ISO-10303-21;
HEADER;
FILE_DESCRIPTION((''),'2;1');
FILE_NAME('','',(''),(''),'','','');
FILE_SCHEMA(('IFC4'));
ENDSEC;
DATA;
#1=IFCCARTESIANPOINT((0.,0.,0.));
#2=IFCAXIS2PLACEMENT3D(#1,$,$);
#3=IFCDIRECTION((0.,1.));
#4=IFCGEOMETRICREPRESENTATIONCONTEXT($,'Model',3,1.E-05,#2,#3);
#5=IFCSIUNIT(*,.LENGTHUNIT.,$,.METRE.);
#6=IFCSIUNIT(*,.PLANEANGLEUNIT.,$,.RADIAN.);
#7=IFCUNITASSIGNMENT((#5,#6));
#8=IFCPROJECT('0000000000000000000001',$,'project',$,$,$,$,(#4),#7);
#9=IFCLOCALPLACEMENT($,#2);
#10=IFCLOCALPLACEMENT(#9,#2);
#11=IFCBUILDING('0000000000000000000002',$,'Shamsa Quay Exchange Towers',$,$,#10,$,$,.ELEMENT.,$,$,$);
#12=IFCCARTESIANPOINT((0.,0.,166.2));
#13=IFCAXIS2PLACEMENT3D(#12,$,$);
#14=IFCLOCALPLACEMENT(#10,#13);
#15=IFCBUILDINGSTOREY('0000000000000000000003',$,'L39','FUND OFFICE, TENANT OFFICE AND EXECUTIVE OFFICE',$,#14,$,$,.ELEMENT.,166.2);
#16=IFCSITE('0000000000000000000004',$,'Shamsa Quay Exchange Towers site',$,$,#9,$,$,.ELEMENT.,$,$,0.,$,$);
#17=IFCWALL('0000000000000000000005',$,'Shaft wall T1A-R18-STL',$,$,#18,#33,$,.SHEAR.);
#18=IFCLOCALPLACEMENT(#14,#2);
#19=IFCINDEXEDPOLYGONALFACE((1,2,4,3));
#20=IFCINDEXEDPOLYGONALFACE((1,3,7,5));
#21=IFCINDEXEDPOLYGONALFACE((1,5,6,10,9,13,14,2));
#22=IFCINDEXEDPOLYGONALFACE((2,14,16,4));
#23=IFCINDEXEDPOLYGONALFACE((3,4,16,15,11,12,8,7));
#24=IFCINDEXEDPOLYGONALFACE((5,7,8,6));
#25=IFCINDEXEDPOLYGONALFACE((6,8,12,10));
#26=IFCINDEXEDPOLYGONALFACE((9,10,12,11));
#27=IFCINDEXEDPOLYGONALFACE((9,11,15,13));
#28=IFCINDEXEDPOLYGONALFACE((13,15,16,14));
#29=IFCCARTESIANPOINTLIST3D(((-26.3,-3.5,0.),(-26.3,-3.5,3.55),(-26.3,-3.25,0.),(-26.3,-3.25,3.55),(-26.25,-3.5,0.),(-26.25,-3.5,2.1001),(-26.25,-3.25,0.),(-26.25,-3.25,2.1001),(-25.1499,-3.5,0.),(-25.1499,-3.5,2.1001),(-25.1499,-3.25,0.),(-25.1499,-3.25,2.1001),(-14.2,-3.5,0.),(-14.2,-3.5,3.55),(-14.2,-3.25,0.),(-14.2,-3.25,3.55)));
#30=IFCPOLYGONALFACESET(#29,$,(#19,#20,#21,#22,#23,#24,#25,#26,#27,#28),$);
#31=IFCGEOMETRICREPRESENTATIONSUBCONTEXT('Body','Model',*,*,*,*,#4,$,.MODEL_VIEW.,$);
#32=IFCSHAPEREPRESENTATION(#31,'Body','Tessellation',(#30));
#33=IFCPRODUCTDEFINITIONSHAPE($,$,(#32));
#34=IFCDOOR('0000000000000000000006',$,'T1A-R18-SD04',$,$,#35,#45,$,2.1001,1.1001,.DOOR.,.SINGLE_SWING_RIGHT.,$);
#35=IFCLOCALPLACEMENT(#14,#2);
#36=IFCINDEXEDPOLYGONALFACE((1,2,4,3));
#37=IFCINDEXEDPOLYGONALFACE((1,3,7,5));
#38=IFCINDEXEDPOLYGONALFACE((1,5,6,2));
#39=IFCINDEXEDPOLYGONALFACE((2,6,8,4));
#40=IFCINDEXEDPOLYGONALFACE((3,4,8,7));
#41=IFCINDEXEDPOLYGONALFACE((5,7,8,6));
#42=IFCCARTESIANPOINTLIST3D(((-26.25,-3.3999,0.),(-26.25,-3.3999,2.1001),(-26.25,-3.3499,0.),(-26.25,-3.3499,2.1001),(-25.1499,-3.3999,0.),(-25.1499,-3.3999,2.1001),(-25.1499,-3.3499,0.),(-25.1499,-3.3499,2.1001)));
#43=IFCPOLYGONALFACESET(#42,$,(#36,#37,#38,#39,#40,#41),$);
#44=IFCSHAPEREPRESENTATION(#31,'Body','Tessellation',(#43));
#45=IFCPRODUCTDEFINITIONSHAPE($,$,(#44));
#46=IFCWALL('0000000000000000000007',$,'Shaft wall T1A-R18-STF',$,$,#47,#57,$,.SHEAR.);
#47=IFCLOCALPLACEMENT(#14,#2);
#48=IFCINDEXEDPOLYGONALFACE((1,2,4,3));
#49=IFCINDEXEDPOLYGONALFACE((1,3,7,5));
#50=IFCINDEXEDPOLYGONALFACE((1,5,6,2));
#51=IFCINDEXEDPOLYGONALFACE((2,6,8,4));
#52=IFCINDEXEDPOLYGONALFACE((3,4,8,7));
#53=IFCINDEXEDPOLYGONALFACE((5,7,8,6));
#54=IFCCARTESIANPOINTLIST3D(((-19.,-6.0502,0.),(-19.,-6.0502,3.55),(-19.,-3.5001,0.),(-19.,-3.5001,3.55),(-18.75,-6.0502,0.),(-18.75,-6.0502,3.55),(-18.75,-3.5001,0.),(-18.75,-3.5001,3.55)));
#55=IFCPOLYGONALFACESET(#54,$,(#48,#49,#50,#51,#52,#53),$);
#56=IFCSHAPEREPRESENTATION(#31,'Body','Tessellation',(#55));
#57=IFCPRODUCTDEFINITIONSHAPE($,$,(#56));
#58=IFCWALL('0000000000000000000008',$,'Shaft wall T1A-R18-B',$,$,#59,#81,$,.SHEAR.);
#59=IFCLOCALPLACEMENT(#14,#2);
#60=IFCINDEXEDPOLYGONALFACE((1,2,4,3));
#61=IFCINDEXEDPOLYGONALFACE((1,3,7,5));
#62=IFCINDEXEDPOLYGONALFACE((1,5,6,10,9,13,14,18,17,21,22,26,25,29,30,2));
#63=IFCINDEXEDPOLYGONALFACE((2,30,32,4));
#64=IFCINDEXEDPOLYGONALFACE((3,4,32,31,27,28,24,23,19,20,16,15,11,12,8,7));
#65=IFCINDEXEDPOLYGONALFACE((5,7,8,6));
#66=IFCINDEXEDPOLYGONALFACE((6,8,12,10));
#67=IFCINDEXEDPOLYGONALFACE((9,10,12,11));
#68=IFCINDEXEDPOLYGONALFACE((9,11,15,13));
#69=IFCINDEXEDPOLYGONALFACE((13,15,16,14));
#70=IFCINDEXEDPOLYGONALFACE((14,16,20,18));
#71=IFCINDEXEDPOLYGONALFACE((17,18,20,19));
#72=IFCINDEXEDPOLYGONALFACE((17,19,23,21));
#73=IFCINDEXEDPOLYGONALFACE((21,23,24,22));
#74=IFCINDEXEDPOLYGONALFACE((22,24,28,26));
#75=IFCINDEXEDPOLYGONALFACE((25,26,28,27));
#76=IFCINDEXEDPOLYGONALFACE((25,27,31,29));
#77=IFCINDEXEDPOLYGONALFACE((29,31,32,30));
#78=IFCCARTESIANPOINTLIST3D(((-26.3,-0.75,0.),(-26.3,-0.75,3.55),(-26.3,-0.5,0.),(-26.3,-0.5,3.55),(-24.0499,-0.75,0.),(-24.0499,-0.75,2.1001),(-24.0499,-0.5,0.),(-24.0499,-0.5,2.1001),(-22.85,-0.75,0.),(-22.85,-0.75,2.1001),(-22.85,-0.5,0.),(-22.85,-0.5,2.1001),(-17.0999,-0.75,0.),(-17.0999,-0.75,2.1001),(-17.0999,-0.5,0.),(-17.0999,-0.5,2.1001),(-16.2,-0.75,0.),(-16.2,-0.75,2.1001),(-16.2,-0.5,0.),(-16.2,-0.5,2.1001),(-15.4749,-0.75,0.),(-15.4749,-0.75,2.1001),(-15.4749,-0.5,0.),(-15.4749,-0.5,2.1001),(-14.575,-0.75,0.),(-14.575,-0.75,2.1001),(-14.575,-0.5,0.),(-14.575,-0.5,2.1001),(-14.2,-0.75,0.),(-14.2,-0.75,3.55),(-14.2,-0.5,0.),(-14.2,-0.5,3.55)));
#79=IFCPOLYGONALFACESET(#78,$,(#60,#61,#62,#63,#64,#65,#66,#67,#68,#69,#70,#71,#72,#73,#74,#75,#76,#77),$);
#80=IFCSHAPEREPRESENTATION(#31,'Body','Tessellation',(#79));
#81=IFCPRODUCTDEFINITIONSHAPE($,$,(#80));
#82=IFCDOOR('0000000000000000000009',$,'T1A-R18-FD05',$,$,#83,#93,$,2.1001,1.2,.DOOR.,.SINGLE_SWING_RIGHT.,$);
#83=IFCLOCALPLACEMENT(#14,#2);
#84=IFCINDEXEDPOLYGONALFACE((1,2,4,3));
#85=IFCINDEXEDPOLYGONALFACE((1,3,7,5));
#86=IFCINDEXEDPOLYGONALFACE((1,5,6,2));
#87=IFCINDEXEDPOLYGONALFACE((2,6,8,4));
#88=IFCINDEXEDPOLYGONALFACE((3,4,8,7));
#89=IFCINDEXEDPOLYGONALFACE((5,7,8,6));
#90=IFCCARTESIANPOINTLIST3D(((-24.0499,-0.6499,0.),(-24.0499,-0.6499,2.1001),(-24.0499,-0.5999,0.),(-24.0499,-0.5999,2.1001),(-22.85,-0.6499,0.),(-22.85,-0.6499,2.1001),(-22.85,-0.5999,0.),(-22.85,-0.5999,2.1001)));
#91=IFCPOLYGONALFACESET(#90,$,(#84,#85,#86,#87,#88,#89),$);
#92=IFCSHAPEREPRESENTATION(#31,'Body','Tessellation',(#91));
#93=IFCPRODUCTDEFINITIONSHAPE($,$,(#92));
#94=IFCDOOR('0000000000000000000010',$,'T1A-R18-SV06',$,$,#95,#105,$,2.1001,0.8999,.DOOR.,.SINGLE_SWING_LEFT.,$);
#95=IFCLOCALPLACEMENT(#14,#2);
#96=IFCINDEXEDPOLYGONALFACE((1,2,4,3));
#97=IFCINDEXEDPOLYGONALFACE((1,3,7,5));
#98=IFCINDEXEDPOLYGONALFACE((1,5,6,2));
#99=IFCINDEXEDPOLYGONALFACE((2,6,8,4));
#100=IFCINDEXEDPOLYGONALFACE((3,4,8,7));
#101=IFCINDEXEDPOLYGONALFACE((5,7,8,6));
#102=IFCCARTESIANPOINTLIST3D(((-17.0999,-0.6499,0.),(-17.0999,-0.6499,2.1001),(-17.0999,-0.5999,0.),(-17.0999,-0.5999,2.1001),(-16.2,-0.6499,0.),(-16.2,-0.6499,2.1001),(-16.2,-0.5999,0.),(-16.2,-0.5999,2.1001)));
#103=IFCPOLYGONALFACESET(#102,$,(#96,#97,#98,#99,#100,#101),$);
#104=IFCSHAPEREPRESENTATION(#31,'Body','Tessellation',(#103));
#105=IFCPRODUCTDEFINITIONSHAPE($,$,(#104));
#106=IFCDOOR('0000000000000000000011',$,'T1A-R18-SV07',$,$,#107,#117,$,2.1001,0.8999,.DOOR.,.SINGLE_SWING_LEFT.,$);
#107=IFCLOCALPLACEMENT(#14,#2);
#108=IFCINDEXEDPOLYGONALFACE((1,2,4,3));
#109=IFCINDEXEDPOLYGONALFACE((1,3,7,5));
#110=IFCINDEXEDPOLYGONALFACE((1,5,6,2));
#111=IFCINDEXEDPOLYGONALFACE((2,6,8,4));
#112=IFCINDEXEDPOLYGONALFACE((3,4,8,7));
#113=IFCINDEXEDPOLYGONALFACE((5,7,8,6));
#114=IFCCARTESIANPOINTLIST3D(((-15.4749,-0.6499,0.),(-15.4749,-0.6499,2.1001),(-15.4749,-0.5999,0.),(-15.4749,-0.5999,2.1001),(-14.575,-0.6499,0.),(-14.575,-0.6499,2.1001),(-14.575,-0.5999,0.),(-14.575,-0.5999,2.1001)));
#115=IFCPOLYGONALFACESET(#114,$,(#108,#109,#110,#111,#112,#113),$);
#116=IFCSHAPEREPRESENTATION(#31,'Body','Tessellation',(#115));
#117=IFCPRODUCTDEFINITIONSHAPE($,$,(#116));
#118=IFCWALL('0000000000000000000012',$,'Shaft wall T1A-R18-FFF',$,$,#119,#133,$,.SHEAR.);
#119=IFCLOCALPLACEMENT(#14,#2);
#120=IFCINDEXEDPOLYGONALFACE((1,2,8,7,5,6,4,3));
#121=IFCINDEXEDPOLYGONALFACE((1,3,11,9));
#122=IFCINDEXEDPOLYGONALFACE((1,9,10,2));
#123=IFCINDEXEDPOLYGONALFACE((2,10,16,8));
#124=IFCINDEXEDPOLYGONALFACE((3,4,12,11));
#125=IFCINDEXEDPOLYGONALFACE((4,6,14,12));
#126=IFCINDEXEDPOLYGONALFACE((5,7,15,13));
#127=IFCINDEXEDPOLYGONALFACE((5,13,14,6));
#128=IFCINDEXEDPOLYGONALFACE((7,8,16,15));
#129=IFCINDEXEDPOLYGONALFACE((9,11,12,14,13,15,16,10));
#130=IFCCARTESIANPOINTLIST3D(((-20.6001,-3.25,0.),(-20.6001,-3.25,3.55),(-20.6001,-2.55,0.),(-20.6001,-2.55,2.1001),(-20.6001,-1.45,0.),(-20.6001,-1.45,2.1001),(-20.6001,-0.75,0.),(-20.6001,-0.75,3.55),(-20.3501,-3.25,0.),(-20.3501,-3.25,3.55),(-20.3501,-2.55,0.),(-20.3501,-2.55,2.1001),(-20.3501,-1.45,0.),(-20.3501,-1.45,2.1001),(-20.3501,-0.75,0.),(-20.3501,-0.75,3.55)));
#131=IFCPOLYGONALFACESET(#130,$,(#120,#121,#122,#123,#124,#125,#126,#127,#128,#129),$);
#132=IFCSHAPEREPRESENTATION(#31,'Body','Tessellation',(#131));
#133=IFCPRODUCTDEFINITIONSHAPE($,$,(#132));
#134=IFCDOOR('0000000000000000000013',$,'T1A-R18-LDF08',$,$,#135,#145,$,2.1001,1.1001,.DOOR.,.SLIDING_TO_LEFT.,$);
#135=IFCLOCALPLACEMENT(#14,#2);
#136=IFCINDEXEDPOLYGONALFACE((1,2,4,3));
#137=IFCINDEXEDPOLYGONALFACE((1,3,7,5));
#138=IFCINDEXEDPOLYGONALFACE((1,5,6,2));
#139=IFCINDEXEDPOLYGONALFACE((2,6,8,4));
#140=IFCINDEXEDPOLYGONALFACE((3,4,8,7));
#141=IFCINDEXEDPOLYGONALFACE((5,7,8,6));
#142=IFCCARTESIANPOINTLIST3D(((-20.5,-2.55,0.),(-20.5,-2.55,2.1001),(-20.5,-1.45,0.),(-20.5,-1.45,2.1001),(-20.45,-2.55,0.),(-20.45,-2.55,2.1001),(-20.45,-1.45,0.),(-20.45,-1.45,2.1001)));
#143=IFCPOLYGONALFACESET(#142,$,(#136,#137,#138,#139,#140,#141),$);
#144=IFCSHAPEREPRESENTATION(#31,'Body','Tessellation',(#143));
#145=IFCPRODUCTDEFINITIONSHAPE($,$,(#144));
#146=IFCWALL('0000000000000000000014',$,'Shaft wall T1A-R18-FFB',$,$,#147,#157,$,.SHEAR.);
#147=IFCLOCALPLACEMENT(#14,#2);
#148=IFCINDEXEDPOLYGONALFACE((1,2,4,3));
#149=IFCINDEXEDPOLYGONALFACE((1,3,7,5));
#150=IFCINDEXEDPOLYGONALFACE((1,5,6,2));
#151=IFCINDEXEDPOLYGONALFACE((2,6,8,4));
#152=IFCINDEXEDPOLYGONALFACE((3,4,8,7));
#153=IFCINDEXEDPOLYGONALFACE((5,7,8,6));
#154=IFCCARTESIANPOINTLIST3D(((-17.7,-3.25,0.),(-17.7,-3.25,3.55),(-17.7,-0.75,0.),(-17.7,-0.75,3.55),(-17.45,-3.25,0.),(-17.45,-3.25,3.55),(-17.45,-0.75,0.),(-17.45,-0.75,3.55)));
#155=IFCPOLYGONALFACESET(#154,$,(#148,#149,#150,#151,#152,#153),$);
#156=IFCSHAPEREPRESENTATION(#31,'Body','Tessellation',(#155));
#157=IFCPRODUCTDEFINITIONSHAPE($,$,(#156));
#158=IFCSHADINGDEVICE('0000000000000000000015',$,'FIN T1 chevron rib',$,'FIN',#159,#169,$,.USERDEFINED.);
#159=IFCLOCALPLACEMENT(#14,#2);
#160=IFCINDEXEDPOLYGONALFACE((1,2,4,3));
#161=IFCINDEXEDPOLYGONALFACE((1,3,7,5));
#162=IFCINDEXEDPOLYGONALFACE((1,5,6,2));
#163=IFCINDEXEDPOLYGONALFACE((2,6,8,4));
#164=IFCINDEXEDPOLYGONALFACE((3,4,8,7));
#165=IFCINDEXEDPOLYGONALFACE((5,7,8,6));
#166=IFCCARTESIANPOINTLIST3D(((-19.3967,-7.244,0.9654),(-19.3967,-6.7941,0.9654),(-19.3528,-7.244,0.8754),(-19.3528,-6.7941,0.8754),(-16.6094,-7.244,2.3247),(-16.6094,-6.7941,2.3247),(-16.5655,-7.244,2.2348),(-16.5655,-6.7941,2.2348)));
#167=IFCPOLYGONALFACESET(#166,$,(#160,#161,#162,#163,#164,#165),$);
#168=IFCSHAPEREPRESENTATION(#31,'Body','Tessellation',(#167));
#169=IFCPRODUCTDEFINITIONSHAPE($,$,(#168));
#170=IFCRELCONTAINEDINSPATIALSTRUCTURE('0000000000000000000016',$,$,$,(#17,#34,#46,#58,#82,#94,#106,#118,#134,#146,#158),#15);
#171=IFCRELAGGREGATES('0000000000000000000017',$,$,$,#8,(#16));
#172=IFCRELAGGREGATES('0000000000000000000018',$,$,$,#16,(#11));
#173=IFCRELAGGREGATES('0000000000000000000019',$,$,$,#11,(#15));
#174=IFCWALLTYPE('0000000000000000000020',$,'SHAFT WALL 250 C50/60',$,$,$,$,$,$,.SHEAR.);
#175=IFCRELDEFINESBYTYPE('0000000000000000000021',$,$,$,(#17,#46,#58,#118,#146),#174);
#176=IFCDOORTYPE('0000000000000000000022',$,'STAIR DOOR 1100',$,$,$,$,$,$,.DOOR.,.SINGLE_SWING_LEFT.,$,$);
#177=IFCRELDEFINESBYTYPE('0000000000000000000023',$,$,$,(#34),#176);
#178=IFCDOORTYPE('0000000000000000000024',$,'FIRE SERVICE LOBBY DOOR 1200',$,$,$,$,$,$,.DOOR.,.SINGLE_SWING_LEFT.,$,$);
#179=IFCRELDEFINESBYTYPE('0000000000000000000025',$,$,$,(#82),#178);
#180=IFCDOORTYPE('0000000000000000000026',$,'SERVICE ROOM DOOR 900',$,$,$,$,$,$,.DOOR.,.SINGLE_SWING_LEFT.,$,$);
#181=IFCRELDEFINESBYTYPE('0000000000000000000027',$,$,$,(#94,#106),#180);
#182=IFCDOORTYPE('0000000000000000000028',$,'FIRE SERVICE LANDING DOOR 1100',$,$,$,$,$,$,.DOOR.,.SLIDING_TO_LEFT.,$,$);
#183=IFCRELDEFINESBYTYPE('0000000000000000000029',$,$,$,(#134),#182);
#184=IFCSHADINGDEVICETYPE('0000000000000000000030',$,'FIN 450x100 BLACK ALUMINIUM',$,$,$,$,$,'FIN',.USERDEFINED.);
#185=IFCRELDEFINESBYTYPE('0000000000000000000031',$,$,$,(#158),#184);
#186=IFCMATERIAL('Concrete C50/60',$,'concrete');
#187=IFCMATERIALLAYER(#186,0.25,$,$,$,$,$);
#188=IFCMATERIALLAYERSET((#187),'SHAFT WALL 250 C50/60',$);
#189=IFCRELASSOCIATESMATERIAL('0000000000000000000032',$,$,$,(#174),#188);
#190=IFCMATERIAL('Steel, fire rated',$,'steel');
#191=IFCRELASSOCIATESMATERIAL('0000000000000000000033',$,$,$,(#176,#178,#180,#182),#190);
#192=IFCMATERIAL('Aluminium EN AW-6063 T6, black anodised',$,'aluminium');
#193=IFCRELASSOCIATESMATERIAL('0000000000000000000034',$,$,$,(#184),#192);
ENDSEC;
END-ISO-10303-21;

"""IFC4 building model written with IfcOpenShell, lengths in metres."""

from ifc_helpers import new_model, si_unit, direction, frame, frame_2d, origin, origin_2d, place, context, subcontext, project, spatial, rectangle, extrude, material, layer, layer_set, material_profile, profile_set, type_object, element, fill, save


model = new_model("IFC4")

# Units and contexts
model_context = context("Model", 3, precision=1e-05, world=origin(), true_north=direction((0.0, 1.0)))
body_context = subcontext(model_context, "Body", "Model", "MODEL_VIEW")
ifc_project = project(units=[si_unit("LENGTHUNIT", "METRE"), si_unit("PLANEANGLEUNIT", "RADIAN")], contexts=[model_context])

# Site, building, storey
site_placement = place(None, origin())
site = spatial("IfcSite", under=ifc_project, at=site_placement, Name="Shamsa Quay Exchange Towers site", CompositionType="ELEMENT", RefElevation=0.0)
building_placement = place(site_placement, origin())
building = spatial("IfcBuilding", under=site, at=building_placement, Name="Shamsa Quay Exchange Towers", CompositionType="ELEMENT")
storey_placement = place(building_placement, frame((0.0, 0.0, 166.2)))
storey = spatial("IfcBuildingStorey", under=building, at=storey_placement, Name="L39", Description="FUND OFFICE, TENANT OFFICE AND EXECUTIVE OFFICE", CompositionType="ELEMENT", Elevation=166.2)

# Shared definitions
ifc_material_1 = material(Name="Aluminium EN AW-6063 T6, black anodised", Category="aluminium")

# Wall, opening, door
ifc_material_2 = material(Name="Concrete C50/60", Category="concrete")
ifc_layer_1 = layer(ifc_material_2, 0.25)
ifc_layer_set_1 = layer_set([ifc_layer_1], Name="SHAFT WALL 250 C50/60")
wall_type_1 = type_object("IfcWallType", Name="SHAFT WALL 250 C50/60", PredefinedType="SHEAR", material=ifc_layer_set_1)
wall_1_placement = place(storey_placement, frame((-14.2, -3.375, 0.0), z_axis=(0.0, 0.0, 1.0), x_axis=(-1.0, 0.0, 0.0)))
wall_1 = element("IfcWall", 1, at=wall_1_placement, inside=storey, type_object=wall_type_1, Name="Shaft wall T1A-R18-STL", PredefinedType="SHEAR", context=body_context, shape_type="SweptSolid", body=[
    extrude(rectangle(XDim=12.1001, YDim=0.25, at=frame_2d((6.05, 0.0))), origin(), (0.0, 0.0, 1.0), 3.55),
])
opening_1_placement = place(wall_1_placement, frame((10.95, 0.0, 0.0)))
opening_1 = element("IfcOpeningElement", 2, at=opening_1_placement, cuts=wall_1, PredefinedType="OPENING", context=body_context, shape_type="SweptSolid", body=[
    extrude(rectangle(XDim=1.1001, YDim=2.1001, at=frame_2d((0.55, 1.05))), frame((0.0, 0.135, 0.0), z_axis=(0.0, -1.0, 0.0), x_axis=(1.0, 0.0, 0.0)), (0.0, 0.0, 1.0), 0.27),
])
ifc_material_3 = material(Name="Steel, fire rated", Category="steel")
door_type_1 = type_object("IfcDoorType", Name="STAIR DOOR 1100", OperationType="SINGLE_SWING_LEFT", PredefinedType="DOOR", material=ifc_material_3)
door_1_placement = place(opening_1_placement, origin())
door_1 = element("IfcDoor", 3, at=door_1_placement, inside=storey, type_object=door_type_1, Name="T1A-R18-SD04", OperationType="SINGLE_SWING_RIGHT", OverallHeight=2.1001, OverallWidth=1.1001, PredefinedType="DOOR", context=body_context, shape_type="SweptSolid", body=[
    extrude(rectangle(XDim=1.1001, YDim=2.1001, at=frame_2d((0.55, 1.05))), frame((0.0, 0.0249, 0.0), z_axis=(0.0, -1.0, 0.0), x_axis=(1.0, 0.0, 0.0)), (0.0, 0.0, 1.0), 0.05),
])
fill(opening_1, door_1)

# Wall
wall_2_placement = place(storey_placement, frame((-18.875, -6.05, 0.0), z_axis=(0.0, 0.0, 1.0), x_axis=(0.0, 1.0, 0.0)))
element("IfcWall", 4, at=wall_2_placement, inside=storey, type_object=wall_type_1, Name="Shaft wall T1A-R18-STF", PredefinedType="SHEAR", context=body_context, shape_type="SweptSolid", body=[
    extrude(rectangle(XDim=2.55, YDim=0.25, at=frame_2d((1.2749, 0.0))), origin(), (0.0, 0.0, 1.0), 3.55),
])

# Wall, openings, doors
wall_3_placement = place(storey_placement, frame((-14.2, -0.625, 0.0), z_axis=(0.0, 0.0, 1.0), x_axis=(-1.0, 0.0, 0.0)))
wall_3 = element("IfcWall", 5, at=wall_3_placement, inside=storey, type_object=wall_type_1, Name="Shaft wall T1A-R18-B", PredefinedType="SHEAR", context=body_context, shape_type="SweptSolid", body=[
    extrude(rectangle(XDim=12.1001, YDim=0.25, at=frame_2d((6.05, 0.0))), origin(), (0.0, 0.0, 1.0), 3.55),
])
opening_2_placement = place(wall_3_placement, frame((8.6499, 0.0, 0.0)))
opening_2 = element("IfcOpeningElement", 6, at=opening_2_placement, cuts=wall_3, PredefinedType="OPENING", context=body_context, shape_type="SweptSolid", body=[
    extrude(rectangle(XDim=1.2, YDim=2.1001, at=frame_2d((0.6001, 1.05))), frame((0.0, 0.135, 0.0), z_axis=(0.0, -1.0, 0.0), x_axis=(1.0, 0.0, 0.0)), (0.0, 0.0, 1.0), 0.27),
])
opening_3_placement = place(wall_3_placement, frame((2.0, 0.0, 0.0)))
opening_3 = element("IfcOpeningElement", 7, at=opening_3_placement, cuts=wall_3, PredefinedType="OPENING", context=body_context, shape_type="SweptSolid", body=[
    extrude(rectangle(XDim=0.8999, YDim=2.1001, at=frame_2d((0.45, 1.05))), frame((0.0, 0.135, 0.0), z_axis=(0.0, -1.0, 0.0), x_axis=(1.0, 0.0, 0.0)), (0.0, 0.0, 1.0), 0.27),
])
opening_4_placement = place(wall_3_placement, frame((0.375, 0.0, 0.0)))
opening_4 = element("IfcOpeningElement", 8, at=opening_4_placement, cuts=wall_3, PredefinedType="OPENING", context=body_context, shape_type="SweptSolid", body=[
    extrude(rectangle(XDim=0.8999, YDim=2.1001, at=frame_2d((0.45, 1.05))), frame((0.0, 0.135, 0.0), z_axis=(0.0, -1.0, 0.0), x_axis=(1.0, 0.0, 0.0)), (0.0, 0.0, 1.0), 0.27),
])
door_type_2 = type_object("IfcDoorType", Name="FIRE SERVICE LOBBY DOOR 1200", OperationType="SINGLE_SWING_LEFT", PredefinedType="DOOR", material=ifc_material_3)
door_2_placement = place(opening_2_placement, origin())
door_2 = element("IfcDoor", 9, at=door_2_placement, inside=storey, type_object=door_type_2, Name="T1A-R18-FD05", OperationType="SINGLE_SWING_RIGHT", OverallHeight=2.1001, OverallWidth=1.2, PredefinedType="DOOR", context=body_context, shape_type="SweptSolid", body=[
    extrude(rectangle(XDim=1.2, YDim=2.1001, at=frame_2d((0.6001, 1.05))), frame((0.0, 0.0249, 0.0), z_axis=(0.0, -1.0, 0.0), x_axis=(1.0, 0.0, 0.0)), (0.0, 0.0, 1.0), 0.05),
])
fill(opening_2, door_2)
door_type_3 = type_object("IfcDoorType", Name="SERVICE ROOM DOOR 900", OperationType="SINGLE_SWING_LEFT", PredefinedType="DOOR", material=ifc_material_3)
door_3_placement = place(opening_3_placement, origin())
door_3 = element("IfcDoor", 10, at=door_3_placement, inside=storey, type_object=door_type_3, Name="T1A-R18-SV06", OperationType="SINGLE_SWING_LEFT", OverallHeight=2.1001, OverallWidth=0.8999, PredefinedType="DOOR", context=body_context, shape_type="SweptSolid", body=[
    extrude(rectangle(XDim=0.8999, YDim=2.1001, at=frame_2d((0.45, 1.05))), frame((0.0, 0.0249, 0.0), z_axis=(0.0, -1.0, 0.0), x_axis=(1.0, 0.0, 0.0)), (0.0, 0.0, 1.0), 0.05),
])
fill(opening_3, door_3)
door_4_placement = place(opening_4_placement, origin())
door_4 = element("IfcDoor", 11, at=door_4_placement, inside=storey, type_object=door_type_3, Name="T1A-R18-SV07", OperationType="SINGLE_SWING_LEFT", OverallHeight=2.1001, OverallWidth=0.8999, PredefinedType="DOOR", context=body_context, shape_type="SweptSolid", body=[
    extrude(rectangle(XDim=0.8999, YDim=2.1001, at=frame_2d((0.45, 1.05))), frame((0.0, 0.0249, 0.0), z_axis=(0.0, -1.0, 0.0), x_axis=(1.0, 0.0, 0.0)), (0.0, 0.0, 1.0), 0.05),
])
fill(opening_4, door_4)

# Wall, opening, door
wall_4_placement = place(storey_placement, frame((-20.4751, -3.25, 0.0), z_axis=(0.0, 0.0, 1.0), x_axis=(0.0, 1.0, 0.0)))
wall_4 = element("IfcWall", 12, at=wall_4_placement, inside=storey, type_object=wall_type_1, Name="Shaft wall T1A-R18-FFF", PredefinedType="SHEAR", context=body_context, shape_type="SweptSolid", body=[
    extrude(rectangle(XDim=2.5, YDim=0.25, at=frame_2d((1.25, 0.0))), origin(), (0.0, 0.0, 1.0), 3.55),
])
opening_5_placement = place(wall_4_placement, frame((0.7, 0.0, 0.0)))
opening_5 = element("IfcOpeningElement", 13, at=opening_5_placement, cuts=wall_4, PredefinedType="OPENING", context=body_context, shape_type="SweptSolid", body=[
    extrude(rectangle(XDim=1.1001, YDim=2.1001, at=frame_2d((0.55, 1.05))), frame((0.0, 0.135, 0.0), z_axis=(0.0, -1.0, 0.0), x_axis=(1.0, 0.0, 0.0)), (0.0, 0.0, 1.0), 0.27),
])
door_type_4 = type_object("IfcDoorType", Name="FIRE SERVICE LANDING DOOR 1100", OperationType="SLIDING_TO_LEFT", PredefinedType="DOOR", material=ifc_material_3)
door_5_placement = place(opening_5_placement, origin())
door_5 = element("IfcDoor", 14, at=door_5_placement, inside=storey, type_object=door_type_4, Name="T1A-R18-LDF08", OperationType="SLIDING_TO_LEFT", OverallHeight=2.1001, OverallWidth=1.1001, PredefinedType="DOOR", context=body_context, shape_type="SweptSolid", body=[
    extrude(rectangle(XDim=1.1001, YDim=2.1001, at=frame_2d((0.55, 1.05))), frame((0.0, 0.0249, 0.0), z_axis=(0.0, -1.0, 0.0), x_axis=(1.0, 0.0, 0.0)), (0.0, 0.0, 1.0), 0.05),
])
fill(opening_5, door_5)

# Wall
wall_5_placement = place(storey_placement, frame((-17.575, -3.25, 0.0), z_axis=(0.0, 0.0, 1.0), x_axis=(0.0, 1.0, 0.0)))
element("IfcWall", 15, at=wall_5_placement, inside=storey, type_object=wall_type_1, Name="Shaft wall T1A-R18-FFB", PredefinedType="SHEAR", context=body_context, shape_type="SweptSolid", body=[
    extrude(rectangle(XDim=2.5, YDim=0.25, at=frame_2d((1.25, 0.0))), origin(), (0.0, 0.0, 1.0), 3.55),
])

# Shading device
ifc_material_profile_1 = material_profile(ifc_material_1, rectangle(XDim=0.45, YDim=0.1001, at=origin_2d()), Name="FIN450x100")
ifc_profile_set_1 = profile_set([ifc_material_profile_1], Name="Aluminium EN AW-6063 T6, black anodised")
shading_device_type = type_object("IfcShadingDeviceType", Name="FIN 450x100 BLACK ALUMINIUM", ElementType="FIN", PredefinedType="USERDEFINED", material=ifc_profile_set_1)
shading_device_1_placement = place(storey_placement, frame((-19.3748, -7.019, 0.9204), z_axis=(0.898808, 0.0, 0.438343), x_axis=(0.0, 1.0, 0.0)))
element("IfcShadingDevice", 16, at=shading_device_1_placement, inside=storey, type_object=shading_device_type, Name="FIN T1 chevron rib", ObjectType="FIN", PredefinedType="USERDEFINED", context=body_context, shape_type="SweptSolid", body=[
    extrude(rectangle(XDim=0.45, YDim=0.1001, at=origin_2d()), origin(), (0.0, 0.0, 1.0), 3.1011),
])

save(model, "model.ifc")
